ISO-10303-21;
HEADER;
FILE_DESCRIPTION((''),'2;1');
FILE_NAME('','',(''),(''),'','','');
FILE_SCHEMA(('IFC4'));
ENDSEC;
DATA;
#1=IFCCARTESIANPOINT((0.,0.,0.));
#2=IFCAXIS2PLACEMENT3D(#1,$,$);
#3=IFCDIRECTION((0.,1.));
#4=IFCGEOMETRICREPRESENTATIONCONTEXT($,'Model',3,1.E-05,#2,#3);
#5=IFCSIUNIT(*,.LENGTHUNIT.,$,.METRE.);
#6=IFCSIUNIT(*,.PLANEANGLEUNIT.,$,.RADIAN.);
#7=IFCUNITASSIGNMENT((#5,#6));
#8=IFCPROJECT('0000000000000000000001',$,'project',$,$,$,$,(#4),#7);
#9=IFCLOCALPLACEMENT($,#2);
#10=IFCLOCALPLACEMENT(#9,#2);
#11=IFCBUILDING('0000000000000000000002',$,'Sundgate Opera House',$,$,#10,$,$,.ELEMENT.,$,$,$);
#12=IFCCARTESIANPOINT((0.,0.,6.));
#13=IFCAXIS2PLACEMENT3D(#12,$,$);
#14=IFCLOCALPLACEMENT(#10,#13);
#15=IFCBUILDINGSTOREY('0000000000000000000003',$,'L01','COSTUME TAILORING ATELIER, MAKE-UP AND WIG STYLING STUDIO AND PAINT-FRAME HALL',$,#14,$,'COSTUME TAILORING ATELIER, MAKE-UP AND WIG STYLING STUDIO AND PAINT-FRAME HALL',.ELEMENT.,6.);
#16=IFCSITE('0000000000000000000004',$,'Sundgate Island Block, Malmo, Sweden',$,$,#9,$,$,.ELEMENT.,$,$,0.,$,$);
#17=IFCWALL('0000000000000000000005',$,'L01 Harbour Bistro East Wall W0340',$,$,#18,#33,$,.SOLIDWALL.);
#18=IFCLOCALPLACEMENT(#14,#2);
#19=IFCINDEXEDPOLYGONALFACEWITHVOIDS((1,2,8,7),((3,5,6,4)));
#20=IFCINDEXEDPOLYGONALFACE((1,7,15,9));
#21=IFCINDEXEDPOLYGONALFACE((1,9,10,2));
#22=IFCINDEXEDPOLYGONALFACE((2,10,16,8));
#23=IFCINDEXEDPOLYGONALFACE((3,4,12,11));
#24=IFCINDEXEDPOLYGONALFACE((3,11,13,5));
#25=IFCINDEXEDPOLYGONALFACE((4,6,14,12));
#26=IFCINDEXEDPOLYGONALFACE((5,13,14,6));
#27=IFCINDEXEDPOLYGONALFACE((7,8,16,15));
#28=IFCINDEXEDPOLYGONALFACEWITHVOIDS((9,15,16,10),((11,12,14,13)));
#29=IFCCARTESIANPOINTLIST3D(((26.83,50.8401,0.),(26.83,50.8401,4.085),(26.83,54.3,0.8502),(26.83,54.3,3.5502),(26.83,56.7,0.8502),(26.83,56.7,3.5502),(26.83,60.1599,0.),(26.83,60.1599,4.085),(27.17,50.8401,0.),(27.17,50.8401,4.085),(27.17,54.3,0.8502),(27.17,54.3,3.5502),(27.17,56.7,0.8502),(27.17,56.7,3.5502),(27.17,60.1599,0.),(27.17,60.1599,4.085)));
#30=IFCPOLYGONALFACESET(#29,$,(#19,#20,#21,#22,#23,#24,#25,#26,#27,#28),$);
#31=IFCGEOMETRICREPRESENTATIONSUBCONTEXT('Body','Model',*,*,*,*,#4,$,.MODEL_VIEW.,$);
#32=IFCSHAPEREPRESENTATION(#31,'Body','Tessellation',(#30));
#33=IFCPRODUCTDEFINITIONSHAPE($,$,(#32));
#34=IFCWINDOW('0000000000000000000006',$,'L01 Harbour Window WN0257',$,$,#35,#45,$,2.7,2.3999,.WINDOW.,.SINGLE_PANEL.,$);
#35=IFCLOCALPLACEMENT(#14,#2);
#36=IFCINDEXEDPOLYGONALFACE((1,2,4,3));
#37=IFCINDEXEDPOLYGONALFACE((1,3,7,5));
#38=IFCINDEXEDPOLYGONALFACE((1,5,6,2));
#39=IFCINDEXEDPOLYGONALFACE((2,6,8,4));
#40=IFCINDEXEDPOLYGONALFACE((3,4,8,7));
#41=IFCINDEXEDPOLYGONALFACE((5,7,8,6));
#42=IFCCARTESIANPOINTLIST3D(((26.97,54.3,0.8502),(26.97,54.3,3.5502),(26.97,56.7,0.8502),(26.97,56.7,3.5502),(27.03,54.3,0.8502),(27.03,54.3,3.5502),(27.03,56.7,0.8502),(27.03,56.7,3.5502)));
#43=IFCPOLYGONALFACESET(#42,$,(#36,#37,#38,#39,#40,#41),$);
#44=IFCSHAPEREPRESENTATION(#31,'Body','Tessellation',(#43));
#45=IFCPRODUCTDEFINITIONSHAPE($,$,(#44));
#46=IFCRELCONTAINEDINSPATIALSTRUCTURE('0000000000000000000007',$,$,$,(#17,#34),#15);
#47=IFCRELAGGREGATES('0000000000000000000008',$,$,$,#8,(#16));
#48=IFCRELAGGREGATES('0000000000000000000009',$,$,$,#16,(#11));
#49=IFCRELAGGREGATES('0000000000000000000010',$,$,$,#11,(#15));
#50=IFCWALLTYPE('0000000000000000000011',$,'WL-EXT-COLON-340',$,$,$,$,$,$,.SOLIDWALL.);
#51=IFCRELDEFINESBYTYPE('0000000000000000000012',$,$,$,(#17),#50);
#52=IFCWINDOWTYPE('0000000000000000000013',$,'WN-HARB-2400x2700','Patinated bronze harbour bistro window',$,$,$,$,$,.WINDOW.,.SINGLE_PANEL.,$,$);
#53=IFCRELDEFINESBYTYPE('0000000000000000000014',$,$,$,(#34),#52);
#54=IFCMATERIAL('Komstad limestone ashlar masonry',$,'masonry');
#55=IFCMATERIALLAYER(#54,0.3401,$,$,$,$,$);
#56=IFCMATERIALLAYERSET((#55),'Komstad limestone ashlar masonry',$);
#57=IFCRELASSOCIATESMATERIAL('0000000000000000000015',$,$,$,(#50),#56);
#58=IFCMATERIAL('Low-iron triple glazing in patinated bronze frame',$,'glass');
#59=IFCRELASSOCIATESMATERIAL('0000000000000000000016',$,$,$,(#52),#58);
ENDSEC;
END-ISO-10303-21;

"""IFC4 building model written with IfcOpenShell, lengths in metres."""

from ifc_helpers import new_model, si_unit, direction, frame, frame_2d, origin, place, context, subcontext, project, spatial, rectangle, extrude, material, layer, layer_set, type_object, element, fill, save


model = new_model("IFC4")

# Units and contexts
model_context = context("Model", 3, precision=1e-05, world=origin(), true_north=direction((0.0, 1.0)))
body_context = subcontext(model_context, "Body", "Model", "MODEL_VIEW")
ifc_project = project(units=[si_unit("LENGTHUNIT", "METRE"), si_unit("PLANEANGLEUNIT", "RADIAN")], contexts=[model_context])

# Site, building, storey
site_placement = place(None, origin())
site = spatial("IfcSite", under=ifc_project, at=site_placement, Name="Sundgate Island Block, Malmo, Sweden", CompositionType="ELEMENT", RefElevation=0.0)
building_placement = place(site_placement, origin())
building = spatial("IfcBuilding", under=site, at=building_placement, Name="Sundgate Opera House", CompositionType="ELEMENT")
storey_placement = place(building_placement, frame((0.0, 0.0, 6.0)))
storey = spatial("IfcBuildingStorey", under=building, at=storey_placement, Name="L01", Description="COSTUME TAILORING ATELIER, MAKE-UP AND WIG STYLING STUDIO AND PAINT-FRAME HALL", LongName="COSTUME TAILORING ATELIER, MAKE-UP AND WIG STYLING STUDIO AND PAINT-FRAME HALL", CompositionType="ELEMENT", Elevation=6.0)

# Wall, opening, window
ifc_material_1 = material(Name="Komstad limestone ashlar masonry", Category="masonry")
ifc_layer_1 = layer(ifc_material_1, 0.3401)
ifc_layer_set_1 = layer_set([ifc_layer_1], Name="Komstad limestone ashlar masonry")
wall_type_1 = type_object("IfcWallType", Name="WL-EXT-COLON-340", PredefinedType="SOLIDWALL", material=ifc_layer_set_1)
wall_1_placement = place(storey_placement, frame((27.0, 50.8401, 0.0), z_axis=(0.0, 0.0, 1.0), x_axis=(0.0, 1.0, 0.0)))
wall_1 = element("IfcWall", 1, at=wall_1_placement, inside=storey, type_object=wall_type_1, Name="L01 Harbour Bistro East Wall W0340", PredefinedType="SOLIDWALL", context=body_context, shape_type="SweptSolid", body=[
    extrude(rectangle(XDim=9.3198, YDim=0.3401, at=frame_2d((4.6599, 0.0))), origin(), (0.0, 0.0, 1.0), 4.085),
])
opening_1_placement = place(wall_1_placement, frame((3.46, 0.0, 0.8501)))
opening_1 = element("IfcOpeningElement", 2, at=opening_1_placement, cuts=wall_1, PredefinedType="OPENING", context=body_context, shape_type="SweptSolid", body=[
    extrude(rectangle(XDim=2.3999, YDim=2.7, at=frame_2d((1.2, 1.3501))), frame((0.0, 0.1799, 0.0), z_axis=(0.0, -1.0, 0.0), x_axis=(1.0, 0.0, 0.0)), (0.0, 0.0, 1.0), 0.3601),
])
ifc_material_2 = material(Name="Low-iron triple glazing in patinated bronze frame", Category="glass")
window_type_1 = type_object("IfcWindowType", Name="WN-HARB-2400x2700", Description="Patinated bronze harbour bistro window", PartitioningType="SINGLE_PANEL", PredefinedType="WINDOW", material=ifc_material_2)
window_1_placement = place(opening_1_placement, origin())
window_1 = element("IfcWindow", 3, at=window_1_placement, inside=storey, type_object=window_type_1, Name="L01 Harbour Window WN0257", OverallHeight=2.7, OverallWidth=2.3999, PartitioningType="SINGLE_PANEL", PredefinedType="WINDOW", context=body_context, shape_type="SweptSolid", body=[
    extrude(rectangle(XDim=2.3999, YDim=2.7, at=frame_2d((1.2, 1.3501))), frame((0.0, 0.03, 0.0), z_axis=(0.0, -1.0, 0.0), x_axis=(1.0, 0.0, 0.0)), (0.0, 0.0, 1.0), 0.0601),
])
fill(opening_1, window_1)

save(model, "model.ifc")
